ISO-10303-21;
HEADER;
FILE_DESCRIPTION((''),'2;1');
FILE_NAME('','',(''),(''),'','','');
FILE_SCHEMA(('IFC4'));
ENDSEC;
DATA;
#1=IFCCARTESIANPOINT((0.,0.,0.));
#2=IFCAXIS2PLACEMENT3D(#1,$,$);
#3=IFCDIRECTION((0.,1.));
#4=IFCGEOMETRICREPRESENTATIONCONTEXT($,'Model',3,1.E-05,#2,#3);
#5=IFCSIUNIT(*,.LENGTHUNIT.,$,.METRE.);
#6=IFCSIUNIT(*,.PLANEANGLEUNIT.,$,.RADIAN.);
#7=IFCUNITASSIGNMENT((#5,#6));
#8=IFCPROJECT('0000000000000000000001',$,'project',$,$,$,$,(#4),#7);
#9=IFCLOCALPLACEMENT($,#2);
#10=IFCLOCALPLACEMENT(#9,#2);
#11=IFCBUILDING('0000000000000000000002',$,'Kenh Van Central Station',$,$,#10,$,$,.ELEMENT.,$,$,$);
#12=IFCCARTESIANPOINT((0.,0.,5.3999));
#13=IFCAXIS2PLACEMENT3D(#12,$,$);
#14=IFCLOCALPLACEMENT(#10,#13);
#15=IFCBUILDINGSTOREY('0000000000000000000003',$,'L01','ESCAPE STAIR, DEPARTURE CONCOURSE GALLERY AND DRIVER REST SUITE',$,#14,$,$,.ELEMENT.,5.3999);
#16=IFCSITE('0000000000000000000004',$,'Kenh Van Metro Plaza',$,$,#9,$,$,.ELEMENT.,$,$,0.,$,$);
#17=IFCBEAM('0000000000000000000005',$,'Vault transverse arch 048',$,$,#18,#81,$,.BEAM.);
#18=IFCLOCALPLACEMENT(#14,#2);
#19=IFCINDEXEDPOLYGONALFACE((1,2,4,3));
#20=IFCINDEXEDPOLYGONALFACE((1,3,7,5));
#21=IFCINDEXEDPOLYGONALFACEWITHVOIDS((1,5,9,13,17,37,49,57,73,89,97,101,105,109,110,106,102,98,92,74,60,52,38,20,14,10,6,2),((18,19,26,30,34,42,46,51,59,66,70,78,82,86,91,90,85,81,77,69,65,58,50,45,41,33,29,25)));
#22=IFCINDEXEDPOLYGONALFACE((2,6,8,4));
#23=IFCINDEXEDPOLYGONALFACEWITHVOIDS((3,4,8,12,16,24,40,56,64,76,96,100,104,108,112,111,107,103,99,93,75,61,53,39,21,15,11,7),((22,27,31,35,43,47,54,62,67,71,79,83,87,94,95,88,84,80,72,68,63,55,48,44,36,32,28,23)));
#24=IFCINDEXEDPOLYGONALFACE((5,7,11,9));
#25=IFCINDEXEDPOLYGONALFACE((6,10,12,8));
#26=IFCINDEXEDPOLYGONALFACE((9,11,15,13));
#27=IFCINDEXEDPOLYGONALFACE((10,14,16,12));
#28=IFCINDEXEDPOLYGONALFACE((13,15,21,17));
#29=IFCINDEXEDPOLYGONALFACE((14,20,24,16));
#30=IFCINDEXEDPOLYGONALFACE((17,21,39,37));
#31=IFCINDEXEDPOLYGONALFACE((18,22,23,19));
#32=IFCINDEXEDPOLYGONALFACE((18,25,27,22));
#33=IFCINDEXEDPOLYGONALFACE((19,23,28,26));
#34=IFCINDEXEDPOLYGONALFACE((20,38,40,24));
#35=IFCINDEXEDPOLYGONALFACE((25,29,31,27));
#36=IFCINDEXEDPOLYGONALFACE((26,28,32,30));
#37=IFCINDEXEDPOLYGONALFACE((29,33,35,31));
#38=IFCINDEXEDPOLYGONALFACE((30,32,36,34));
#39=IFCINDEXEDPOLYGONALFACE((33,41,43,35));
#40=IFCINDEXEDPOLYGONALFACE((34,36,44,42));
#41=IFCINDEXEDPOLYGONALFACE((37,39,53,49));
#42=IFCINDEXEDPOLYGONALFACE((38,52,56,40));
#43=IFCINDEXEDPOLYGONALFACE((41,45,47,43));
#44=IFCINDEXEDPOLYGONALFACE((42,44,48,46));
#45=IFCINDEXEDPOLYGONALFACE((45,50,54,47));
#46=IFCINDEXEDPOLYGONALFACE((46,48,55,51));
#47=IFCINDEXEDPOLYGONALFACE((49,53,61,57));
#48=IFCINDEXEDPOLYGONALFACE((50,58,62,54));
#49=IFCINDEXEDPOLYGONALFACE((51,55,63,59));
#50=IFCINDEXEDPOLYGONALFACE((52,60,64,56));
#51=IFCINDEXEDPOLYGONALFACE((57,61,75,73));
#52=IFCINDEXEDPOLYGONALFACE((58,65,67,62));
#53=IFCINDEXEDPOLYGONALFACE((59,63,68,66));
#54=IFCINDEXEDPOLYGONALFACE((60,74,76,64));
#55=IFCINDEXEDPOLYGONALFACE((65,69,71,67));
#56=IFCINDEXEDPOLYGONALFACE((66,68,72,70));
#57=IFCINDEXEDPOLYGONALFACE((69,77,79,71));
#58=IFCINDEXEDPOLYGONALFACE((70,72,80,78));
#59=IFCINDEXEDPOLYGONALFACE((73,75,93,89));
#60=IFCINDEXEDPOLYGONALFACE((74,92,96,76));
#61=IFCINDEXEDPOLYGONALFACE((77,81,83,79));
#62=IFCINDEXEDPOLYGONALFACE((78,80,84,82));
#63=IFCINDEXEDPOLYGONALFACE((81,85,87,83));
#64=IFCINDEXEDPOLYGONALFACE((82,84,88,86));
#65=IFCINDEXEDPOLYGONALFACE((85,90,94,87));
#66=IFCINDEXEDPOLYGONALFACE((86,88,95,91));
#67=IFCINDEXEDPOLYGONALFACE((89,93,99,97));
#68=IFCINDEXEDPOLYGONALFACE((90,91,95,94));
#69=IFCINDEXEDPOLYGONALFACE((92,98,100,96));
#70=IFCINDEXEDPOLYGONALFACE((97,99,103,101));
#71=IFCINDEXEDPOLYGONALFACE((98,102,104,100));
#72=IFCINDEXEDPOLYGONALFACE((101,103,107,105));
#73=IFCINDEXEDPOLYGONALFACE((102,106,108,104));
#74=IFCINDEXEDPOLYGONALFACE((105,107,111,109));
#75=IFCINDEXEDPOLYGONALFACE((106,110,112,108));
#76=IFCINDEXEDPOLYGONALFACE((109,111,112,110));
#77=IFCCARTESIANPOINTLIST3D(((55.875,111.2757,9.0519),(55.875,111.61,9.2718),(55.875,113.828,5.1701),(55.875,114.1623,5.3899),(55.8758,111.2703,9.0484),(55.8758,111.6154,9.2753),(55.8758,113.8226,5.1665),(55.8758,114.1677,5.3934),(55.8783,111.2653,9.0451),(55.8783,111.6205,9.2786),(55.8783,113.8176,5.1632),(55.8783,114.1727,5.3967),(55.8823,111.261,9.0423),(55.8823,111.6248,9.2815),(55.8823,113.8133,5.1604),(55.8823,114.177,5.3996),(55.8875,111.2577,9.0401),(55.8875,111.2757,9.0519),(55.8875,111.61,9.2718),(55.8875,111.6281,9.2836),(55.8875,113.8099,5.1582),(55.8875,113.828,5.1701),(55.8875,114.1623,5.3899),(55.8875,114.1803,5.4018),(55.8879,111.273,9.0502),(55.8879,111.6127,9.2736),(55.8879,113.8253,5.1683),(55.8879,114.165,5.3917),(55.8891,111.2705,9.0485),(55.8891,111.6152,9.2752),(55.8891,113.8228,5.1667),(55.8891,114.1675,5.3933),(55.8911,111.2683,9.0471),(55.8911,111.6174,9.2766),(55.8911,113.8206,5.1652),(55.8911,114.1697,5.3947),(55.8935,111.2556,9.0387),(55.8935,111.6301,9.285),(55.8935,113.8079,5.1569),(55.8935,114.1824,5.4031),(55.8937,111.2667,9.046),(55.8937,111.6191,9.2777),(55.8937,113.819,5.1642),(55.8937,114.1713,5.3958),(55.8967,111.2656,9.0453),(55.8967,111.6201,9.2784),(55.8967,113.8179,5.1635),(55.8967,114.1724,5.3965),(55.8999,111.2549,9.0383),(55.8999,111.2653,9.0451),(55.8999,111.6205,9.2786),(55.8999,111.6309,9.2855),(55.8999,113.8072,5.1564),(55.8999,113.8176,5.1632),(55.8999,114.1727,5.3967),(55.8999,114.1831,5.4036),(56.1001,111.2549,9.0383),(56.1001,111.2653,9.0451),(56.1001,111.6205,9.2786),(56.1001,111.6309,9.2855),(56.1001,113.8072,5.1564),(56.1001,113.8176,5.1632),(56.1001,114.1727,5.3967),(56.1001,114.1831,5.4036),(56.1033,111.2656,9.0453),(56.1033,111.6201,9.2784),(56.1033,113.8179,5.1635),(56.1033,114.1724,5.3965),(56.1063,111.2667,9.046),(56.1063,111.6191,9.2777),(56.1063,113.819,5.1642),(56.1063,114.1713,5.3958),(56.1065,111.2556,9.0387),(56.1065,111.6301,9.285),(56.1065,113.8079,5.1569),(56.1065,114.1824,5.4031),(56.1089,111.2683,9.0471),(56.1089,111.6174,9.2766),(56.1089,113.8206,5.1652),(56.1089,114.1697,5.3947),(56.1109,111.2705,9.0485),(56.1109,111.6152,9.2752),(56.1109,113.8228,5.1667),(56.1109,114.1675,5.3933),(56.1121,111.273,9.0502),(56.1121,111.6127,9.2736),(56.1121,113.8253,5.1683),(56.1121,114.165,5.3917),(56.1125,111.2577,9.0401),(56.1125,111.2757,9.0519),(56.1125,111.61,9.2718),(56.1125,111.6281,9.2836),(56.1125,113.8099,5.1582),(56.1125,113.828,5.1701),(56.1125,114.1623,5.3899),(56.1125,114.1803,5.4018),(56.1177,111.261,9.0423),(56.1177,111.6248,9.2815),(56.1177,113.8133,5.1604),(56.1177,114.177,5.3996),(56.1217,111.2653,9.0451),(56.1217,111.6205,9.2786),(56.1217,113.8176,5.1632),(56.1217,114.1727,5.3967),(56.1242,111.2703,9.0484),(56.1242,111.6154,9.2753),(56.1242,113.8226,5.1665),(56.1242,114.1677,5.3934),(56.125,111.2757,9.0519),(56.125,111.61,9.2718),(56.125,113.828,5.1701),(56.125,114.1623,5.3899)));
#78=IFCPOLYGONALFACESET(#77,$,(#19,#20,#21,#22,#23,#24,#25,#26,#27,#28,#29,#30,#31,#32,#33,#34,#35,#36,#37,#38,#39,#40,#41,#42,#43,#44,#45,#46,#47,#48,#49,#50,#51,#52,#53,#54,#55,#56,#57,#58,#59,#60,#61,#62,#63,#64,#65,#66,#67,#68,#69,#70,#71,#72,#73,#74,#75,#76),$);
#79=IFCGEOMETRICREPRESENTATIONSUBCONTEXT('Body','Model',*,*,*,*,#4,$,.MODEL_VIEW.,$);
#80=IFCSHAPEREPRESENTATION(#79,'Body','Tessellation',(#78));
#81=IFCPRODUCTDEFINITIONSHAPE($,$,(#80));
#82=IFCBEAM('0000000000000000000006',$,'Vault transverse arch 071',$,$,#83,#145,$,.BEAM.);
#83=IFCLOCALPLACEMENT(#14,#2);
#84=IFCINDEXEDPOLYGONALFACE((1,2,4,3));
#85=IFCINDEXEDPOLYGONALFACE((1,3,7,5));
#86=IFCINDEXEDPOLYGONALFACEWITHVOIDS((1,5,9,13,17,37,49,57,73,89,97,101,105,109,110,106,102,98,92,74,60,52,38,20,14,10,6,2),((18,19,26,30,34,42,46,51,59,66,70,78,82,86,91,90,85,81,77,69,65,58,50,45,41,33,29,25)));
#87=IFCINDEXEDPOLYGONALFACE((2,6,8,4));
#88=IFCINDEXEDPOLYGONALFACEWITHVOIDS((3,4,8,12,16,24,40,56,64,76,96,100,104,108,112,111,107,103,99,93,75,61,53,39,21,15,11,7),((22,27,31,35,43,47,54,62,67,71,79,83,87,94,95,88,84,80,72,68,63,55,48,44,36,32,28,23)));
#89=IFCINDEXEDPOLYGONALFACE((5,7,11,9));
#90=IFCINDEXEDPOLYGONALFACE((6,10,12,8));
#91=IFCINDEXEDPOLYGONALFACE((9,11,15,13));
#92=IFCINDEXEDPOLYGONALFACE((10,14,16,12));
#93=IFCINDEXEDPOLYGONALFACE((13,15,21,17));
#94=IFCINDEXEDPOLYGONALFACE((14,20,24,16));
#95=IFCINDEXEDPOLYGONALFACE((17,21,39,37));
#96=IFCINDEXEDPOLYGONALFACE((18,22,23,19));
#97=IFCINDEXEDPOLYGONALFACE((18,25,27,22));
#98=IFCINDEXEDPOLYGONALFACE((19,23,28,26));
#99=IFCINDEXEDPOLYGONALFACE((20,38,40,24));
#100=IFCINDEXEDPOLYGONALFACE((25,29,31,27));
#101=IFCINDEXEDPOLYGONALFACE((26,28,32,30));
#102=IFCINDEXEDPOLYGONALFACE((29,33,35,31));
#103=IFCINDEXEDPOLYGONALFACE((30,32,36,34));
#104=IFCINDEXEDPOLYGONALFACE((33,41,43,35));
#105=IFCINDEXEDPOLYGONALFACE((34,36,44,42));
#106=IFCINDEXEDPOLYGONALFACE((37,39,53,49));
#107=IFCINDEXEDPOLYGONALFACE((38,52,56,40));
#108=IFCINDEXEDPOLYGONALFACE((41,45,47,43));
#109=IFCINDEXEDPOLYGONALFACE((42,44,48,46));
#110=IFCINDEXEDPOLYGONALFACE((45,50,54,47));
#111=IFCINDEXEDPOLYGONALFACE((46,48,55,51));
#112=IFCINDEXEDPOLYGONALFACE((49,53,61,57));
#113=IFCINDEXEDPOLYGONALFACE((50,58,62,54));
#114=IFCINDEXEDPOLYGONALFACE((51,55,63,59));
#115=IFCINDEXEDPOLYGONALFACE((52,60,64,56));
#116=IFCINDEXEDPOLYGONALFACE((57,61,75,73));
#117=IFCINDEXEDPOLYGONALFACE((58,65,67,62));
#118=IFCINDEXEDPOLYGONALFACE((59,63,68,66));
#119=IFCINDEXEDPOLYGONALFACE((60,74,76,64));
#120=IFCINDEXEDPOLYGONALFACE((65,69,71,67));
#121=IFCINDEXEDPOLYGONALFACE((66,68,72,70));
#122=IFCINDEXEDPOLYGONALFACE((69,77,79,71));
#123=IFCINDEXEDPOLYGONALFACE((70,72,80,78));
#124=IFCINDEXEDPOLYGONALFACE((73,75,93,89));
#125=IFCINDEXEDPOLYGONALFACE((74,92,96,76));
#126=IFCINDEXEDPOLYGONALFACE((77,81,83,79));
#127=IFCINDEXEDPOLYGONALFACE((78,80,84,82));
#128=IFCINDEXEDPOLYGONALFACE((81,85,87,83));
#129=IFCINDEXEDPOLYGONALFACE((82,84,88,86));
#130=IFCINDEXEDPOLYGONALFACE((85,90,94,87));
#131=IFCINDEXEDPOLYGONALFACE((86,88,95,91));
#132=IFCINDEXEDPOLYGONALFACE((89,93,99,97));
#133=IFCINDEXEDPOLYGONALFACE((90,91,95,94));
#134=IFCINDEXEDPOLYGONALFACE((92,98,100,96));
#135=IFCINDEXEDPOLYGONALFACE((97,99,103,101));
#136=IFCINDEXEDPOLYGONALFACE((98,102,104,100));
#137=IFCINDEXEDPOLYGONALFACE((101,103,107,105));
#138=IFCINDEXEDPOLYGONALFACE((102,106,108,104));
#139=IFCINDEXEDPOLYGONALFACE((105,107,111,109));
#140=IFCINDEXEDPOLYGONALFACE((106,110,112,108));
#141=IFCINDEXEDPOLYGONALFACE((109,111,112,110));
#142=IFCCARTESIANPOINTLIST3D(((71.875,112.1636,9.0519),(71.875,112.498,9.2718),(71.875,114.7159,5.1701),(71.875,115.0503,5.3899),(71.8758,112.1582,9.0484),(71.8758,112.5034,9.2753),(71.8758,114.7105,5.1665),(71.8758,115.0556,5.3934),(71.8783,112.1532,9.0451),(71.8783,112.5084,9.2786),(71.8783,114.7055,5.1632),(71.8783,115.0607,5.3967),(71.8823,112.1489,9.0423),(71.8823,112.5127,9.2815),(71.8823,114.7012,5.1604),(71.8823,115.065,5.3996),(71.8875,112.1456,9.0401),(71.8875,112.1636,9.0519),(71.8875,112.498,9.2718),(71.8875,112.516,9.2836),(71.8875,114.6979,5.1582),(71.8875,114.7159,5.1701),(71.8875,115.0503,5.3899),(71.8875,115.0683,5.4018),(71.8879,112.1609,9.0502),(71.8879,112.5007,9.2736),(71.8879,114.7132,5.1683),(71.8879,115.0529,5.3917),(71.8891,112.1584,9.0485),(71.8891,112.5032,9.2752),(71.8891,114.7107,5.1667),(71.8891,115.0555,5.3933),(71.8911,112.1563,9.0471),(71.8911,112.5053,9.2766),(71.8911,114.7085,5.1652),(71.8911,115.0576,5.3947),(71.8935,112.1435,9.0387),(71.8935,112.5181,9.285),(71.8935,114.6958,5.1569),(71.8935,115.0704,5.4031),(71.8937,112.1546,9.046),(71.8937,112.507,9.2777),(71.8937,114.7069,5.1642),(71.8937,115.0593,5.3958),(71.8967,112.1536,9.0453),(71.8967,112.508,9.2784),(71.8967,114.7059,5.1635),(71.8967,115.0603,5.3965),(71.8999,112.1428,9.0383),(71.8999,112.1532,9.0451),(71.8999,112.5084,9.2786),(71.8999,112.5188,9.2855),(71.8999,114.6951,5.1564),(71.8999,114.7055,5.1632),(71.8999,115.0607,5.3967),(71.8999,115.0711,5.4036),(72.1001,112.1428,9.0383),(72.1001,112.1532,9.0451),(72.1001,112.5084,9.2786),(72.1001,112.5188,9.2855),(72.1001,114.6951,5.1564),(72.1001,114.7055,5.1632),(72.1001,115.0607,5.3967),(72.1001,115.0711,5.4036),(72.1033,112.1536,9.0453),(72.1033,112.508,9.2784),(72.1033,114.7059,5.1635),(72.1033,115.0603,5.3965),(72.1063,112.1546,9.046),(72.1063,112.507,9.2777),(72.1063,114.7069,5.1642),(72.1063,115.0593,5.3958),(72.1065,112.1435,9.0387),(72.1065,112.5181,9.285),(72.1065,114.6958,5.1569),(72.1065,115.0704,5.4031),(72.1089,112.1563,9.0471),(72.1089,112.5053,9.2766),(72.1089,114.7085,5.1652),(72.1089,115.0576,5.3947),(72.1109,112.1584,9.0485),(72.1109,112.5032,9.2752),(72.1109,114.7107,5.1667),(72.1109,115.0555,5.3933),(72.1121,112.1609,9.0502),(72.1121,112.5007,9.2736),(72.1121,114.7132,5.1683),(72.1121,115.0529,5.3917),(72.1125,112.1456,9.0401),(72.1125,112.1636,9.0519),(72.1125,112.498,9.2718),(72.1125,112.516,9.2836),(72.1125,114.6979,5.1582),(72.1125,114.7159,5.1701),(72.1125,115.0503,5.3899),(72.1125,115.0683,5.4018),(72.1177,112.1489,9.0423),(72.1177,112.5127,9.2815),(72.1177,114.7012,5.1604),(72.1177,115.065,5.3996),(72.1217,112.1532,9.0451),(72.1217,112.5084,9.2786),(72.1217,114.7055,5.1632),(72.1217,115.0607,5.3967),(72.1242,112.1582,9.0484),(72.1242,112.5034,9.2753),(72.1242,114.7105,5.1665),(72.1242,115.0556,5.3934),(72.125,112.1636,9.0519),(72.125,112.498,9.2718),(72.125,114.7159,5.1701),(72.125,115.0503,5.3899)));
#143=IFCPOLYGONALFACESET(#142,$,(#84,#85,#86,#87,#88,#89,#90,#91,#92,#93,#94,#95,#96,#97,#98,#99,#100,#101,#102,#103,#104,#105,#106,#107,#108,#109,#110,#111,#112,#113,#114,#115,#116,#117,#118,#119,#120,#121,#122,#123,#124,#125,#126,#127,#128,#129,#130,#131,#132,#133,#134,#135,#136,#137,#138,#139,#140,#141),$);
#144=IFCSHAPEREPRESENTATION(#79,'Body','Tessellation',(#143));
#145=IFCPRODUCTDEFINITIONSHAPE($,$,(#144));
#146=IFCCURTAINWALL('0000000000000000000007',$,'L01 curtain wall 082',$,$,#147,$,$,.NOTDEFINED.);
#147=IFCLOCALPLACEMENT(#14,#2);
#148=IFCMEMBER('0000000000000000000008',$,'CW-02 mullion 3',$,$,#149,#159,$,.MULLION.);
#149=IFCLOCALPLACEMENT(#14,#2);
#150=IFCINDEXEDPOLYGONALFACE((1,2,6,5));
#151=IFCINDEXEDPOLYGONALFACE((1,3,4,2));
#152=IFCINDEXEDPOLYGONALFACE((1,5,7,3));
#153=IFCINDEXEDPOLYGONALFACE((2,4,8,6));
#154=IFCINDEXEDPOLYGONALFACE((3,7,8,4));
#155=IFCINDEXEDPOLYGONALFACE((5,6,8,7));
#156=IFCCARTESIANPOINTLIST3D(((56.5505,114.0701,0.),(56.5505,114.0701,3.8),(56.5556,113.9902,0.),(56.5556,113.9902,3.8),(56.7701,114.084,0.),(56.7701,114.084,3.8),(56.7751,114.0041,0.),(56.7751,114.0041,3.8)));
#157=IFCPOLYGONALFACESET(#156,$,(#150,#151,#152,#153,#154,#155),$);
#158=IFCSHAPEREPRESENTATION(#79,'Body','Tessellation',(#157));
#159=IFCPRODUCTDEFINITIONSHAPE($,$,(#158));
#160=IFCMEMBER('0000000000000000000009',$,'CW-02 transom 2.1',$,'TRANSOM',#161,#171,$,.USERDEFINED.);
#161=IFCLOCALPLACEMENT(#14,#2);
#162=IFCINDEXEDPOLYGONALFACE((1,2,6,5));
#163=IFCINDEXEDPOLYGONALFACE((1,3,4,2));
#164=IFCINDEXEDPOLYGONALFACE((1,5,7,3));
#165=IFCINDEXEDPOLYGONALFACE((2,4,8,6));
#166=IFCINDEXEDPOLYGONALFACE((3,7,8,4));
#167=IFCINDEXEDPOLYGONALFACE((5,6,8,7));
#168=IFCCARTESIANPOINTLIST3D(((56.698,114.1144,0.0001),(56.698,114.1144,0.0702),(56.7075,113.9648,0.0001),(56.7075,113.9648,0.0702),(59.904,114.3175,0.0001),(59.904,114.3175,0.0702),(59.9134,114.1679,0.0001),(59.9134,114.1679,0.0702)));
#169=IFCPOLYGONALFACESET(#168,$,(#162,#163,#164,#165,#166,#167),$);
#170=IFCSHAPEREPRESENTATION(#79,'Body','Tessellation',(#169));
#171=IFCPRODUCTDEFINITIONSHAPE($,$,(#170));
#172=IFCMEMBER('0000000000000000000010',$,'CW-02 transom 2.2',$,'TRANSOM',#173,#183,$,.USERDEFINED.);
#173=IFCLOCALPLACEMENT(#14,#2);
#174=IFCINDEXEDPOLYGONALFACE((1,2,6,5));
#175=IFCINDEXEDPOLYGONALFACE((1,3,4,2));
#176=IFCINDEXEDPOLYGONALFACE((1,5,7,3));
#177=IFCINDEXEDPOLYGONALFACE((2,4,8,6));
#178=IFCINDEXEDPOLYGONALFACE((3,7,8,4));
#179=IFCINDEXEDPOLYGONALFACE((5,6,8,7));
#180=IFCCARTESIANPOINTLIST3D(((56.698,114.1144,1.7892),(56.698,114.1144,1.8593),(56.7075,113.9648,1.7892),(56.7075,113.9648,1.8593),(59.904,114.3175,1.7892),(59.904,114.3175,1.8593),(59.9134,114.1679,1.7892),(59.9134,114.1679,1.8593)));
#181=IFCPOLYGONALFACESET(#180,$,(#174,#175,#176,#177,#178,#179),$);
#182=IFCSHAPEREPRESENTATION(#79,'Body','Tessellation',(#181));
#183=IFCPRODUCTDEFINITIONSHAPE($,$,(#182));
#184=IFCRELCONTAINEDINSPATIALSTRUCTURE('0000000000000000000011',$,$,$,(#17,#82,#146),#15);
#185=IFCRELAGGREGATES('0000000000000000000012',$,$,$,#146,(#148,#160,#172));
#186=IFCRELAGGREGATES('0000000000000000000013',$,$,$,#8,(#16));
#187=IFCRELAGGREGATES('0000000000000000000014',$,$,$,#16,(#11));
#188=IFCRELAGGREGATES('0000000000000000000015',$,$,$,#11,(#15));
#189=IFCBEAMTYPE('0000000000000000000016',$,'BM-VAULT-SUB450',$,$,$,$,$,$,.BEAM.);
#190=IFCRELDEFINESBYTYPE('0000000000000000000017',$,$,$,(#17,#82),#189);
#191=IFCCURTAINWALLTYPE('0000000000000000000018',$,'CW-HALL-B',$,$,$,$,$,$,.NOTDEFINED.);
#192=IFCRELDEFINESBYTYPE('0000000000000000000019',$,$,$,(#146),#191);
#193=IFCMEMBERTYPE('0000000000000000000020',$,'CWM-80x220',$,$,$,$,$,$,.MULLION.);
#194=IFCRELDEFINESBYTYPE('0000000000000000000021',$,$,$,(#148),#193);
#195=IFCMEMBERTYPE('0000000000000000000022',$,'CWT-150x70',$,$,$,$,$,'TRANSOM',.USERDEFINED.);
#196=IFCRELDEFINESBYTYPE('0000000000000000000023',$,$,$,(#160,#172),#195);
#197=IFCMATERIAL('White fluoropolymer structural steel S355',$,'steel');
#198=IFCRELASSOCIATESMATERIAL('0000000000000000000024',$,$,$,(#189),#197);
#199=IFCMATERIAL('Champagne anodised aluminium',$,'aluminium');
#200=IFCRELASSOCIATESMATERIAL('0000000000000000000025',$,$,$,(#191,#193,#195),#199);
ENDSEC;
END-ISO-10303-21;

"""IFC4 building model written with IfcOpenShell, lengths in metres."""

from ifc_helpers import new_model, si_unit, direction, frame, origin, origin_2d, place, context, subcontext, project, spatial, rectangle, hollow_rectangle, extrude, material, material_profile, profile_set, type_object, element, aggregate, save


model = new_model("IFC4")

# Units and contexts
model_context = context("Model", 3, precision=1e-05, world=origin(), true_north=direction((0.0, 1.0)))
body_context = subcontext(model_context, "Body", "Model", "MODEL_VIEW")
ifc_project = project(units=[si_unit("LENGTHUNIT", "METRE"), si_unit("PLANEANGLEUNIT", "RADIAN")], contexts=[model_context])

# Site, building, storey
site_placement = place(None, origin())
site = spatial("IfcSite", under=ifc_project, at=site_placement, Name="Kenh Van Metro Plaza", CompositionType="ELEMENT", RefElevation=0.0)
building_placement = place(site_placement, origin())
building = spatial("IfcBuilding", under=site, at=building_placement, Name="Kenh Van Central Station", CompositionType="ELEMENT")
storey_placement = place(building_placement, frame((0.0, 0.0, 5.3999)))
storey = spatial("IfcBuildingStorey", under=building, at=storey_placement, Name="L01", Description="ESCAPE STAIR, DEPARTURE CONCOURSE GALLERY AND DRIVER REST SUITE", CompositionType="ELEMENT", Elevation=5.3999)

# Beams
ifc_material_1 = material(Name="White fluoropolymer structural steel S355", Category="steel")
ifc_material_profile_1 = material_profile(ifc_material_1, hollow_rectangle(XDim=0.25, YDim=0.45, WallThickness=0.0125, InnerFilletRadius=0.0125, OuterFilletRadius=0.0249, at=origin_2d()), Name="RHS 450x250x12.5")
ifc_profile_set_1 = profile_set([ifc_material_profile_1], Name="White fluoropolymer structural steel S355")
beam_type_1 = type_object("IfcBeamType", Name="BM-VAULT-SUB450", PredefinedType="BEAM", material=ifc_profile_set_1)
for number, where, z_axis, x_axis, name in (
    (1, (56.0, 111.4429, 9.1619), (0.0, 0.549377, -0.835575), (-1.0, 0.0, 0.0), "Vault transverse arch 048"),
    (2, (72.0, 112.3308, 9.1619), (0.0, 0.549377, -0.835575), (-1.0, 0.0, 0.0), "Vault transverse arch 071"),
):
    element("IfcBeam", number, at=place(storey_placement, frame(where, z_axis=z_axis, x_axis=x_axis)), inside=storey, type_object=beam_type_1, Name=name, PredefinedType="BEAM", context=body_context, shape_type="SweptSolid", body=[
        extrude(hollow_rectangle(XDim=0.25, YDim=0.45, WallThickness=0.0125, InnerFilletRadius=0.0125, OuterFilletRadius=0.0249, at=origin_2d()), origin(), (0.0, 0.0, 1.0), 4.6458),
    ])

# Curtain wall, members
ifc_material_2 = material(Name="Champagne anodised aluminium", Category="aluminium")
curtain_wall_type = type_object("IfcCurtainWallType", Name="CW-HALL-B", PredefinedType="NOTDEFINED", material=ifc_material_2)
curtain_wall_placement = place(storey_placement, origin())
curtain_wall = element("IfcCurtainWall", 3, at=curtain_wall_placement, inside=storey, type_object=curtain_wall_type, Name="L01 curtain wall 082", PredefinedType="NOTDEFINED")
ifc_material_profile_2 = material_profile(ifc_material_2, rectangle(XDim=0.0801, YDim=0.22, at=origin_2d()), Name="AL 80x220")
ifc_profile_set_2 = profile_set([ifc_material_profile_2], Name="Champagne anodised aluminium")
member_type_1 = type_object("IfcMemberType", Name="CWM-80x220", PredefinedType="MULLION", material=ifc_profile_set_2)
member_1_placement = place(storey_placement, frame((56.6628, 114.0371, 0.0), z_axis=(0.0, 0.0, 1.0), x_axis=(0.063211, -0.998, 0.0)))
member_1 = element("IfcMember", 4, at=member_1_placement, type_object=member_type_1, Name="CW-02 mullion 3", PredefinedType="MULLION", context=body_context, shape_type="SweptSolid", body=[
    extrude(rectangle(XDim=0.0801, YDim=0.22, at=origin_2d()), origin(), (0.0, 0.0, 1.0), 3.8),
])
ifc_material_profile_3 = material_profile(ifc_material_2, rectangle(XDim=0.1499, YDim=0.0701, at=origin_2d()), Name="AL 150x70")
ifc_profile_set_3 = profile_set([ifc_material_profile_3], Name="Champagne anodised aluminium")
member_type_2 = type_object("IfcMemberType", Name="CWT-150x70", ElementType="TRANSOM", PredefinedType="USERDEFINED", material=ifc_profile_set_3)
member_2_placement = place(storey_placement, frame((59.9087, 114.2427, 0.0352), z_axis=(-0.997999, -0.06323, 0.0), x_axis=(0.06323, -0.997999, 0.0)))
member_2 = element("IfcMember", 5, at=member_2_placement, type_object=member_type_2, Name="CW-02 transom 2.1", ObjectType="TRANSOM", PredefinedType="USERDEFINED", context=body_context, shape_type="SweptSolid", body=[
    extrude(rectangle(XDim=0.1499, YDim=0.0701, at=origin_2d()), origin(), (0.0, 0.0, 1.0), 3.2124),
])
member_3_placement = place(storey_placement, frame((59.9087, 114.2427, 1.8242), z_axis=(-0.997999, -0.06323, 0.0), x_axis=(0.06323, -0.997999, 0.0)))
member_3 = element("IfcMember", 6, at=member_3_placement, type_object=member_type_2, Name="CW-02 transom 2.2", ObjectType="TRANSOM", PredefinedType="USERDEFINED", context=body_context, shape_type="SweptSolid", body=[
    extrude(rectangle(XDim=0.1499, YDim=0.0701, at=origin_2d()), origin(), (0.0, 0.0, 1.0), 3.2124),
])

aggregate(curtain_wall, [member_1, member_2, member_3])

save(model, "model.ifc")
